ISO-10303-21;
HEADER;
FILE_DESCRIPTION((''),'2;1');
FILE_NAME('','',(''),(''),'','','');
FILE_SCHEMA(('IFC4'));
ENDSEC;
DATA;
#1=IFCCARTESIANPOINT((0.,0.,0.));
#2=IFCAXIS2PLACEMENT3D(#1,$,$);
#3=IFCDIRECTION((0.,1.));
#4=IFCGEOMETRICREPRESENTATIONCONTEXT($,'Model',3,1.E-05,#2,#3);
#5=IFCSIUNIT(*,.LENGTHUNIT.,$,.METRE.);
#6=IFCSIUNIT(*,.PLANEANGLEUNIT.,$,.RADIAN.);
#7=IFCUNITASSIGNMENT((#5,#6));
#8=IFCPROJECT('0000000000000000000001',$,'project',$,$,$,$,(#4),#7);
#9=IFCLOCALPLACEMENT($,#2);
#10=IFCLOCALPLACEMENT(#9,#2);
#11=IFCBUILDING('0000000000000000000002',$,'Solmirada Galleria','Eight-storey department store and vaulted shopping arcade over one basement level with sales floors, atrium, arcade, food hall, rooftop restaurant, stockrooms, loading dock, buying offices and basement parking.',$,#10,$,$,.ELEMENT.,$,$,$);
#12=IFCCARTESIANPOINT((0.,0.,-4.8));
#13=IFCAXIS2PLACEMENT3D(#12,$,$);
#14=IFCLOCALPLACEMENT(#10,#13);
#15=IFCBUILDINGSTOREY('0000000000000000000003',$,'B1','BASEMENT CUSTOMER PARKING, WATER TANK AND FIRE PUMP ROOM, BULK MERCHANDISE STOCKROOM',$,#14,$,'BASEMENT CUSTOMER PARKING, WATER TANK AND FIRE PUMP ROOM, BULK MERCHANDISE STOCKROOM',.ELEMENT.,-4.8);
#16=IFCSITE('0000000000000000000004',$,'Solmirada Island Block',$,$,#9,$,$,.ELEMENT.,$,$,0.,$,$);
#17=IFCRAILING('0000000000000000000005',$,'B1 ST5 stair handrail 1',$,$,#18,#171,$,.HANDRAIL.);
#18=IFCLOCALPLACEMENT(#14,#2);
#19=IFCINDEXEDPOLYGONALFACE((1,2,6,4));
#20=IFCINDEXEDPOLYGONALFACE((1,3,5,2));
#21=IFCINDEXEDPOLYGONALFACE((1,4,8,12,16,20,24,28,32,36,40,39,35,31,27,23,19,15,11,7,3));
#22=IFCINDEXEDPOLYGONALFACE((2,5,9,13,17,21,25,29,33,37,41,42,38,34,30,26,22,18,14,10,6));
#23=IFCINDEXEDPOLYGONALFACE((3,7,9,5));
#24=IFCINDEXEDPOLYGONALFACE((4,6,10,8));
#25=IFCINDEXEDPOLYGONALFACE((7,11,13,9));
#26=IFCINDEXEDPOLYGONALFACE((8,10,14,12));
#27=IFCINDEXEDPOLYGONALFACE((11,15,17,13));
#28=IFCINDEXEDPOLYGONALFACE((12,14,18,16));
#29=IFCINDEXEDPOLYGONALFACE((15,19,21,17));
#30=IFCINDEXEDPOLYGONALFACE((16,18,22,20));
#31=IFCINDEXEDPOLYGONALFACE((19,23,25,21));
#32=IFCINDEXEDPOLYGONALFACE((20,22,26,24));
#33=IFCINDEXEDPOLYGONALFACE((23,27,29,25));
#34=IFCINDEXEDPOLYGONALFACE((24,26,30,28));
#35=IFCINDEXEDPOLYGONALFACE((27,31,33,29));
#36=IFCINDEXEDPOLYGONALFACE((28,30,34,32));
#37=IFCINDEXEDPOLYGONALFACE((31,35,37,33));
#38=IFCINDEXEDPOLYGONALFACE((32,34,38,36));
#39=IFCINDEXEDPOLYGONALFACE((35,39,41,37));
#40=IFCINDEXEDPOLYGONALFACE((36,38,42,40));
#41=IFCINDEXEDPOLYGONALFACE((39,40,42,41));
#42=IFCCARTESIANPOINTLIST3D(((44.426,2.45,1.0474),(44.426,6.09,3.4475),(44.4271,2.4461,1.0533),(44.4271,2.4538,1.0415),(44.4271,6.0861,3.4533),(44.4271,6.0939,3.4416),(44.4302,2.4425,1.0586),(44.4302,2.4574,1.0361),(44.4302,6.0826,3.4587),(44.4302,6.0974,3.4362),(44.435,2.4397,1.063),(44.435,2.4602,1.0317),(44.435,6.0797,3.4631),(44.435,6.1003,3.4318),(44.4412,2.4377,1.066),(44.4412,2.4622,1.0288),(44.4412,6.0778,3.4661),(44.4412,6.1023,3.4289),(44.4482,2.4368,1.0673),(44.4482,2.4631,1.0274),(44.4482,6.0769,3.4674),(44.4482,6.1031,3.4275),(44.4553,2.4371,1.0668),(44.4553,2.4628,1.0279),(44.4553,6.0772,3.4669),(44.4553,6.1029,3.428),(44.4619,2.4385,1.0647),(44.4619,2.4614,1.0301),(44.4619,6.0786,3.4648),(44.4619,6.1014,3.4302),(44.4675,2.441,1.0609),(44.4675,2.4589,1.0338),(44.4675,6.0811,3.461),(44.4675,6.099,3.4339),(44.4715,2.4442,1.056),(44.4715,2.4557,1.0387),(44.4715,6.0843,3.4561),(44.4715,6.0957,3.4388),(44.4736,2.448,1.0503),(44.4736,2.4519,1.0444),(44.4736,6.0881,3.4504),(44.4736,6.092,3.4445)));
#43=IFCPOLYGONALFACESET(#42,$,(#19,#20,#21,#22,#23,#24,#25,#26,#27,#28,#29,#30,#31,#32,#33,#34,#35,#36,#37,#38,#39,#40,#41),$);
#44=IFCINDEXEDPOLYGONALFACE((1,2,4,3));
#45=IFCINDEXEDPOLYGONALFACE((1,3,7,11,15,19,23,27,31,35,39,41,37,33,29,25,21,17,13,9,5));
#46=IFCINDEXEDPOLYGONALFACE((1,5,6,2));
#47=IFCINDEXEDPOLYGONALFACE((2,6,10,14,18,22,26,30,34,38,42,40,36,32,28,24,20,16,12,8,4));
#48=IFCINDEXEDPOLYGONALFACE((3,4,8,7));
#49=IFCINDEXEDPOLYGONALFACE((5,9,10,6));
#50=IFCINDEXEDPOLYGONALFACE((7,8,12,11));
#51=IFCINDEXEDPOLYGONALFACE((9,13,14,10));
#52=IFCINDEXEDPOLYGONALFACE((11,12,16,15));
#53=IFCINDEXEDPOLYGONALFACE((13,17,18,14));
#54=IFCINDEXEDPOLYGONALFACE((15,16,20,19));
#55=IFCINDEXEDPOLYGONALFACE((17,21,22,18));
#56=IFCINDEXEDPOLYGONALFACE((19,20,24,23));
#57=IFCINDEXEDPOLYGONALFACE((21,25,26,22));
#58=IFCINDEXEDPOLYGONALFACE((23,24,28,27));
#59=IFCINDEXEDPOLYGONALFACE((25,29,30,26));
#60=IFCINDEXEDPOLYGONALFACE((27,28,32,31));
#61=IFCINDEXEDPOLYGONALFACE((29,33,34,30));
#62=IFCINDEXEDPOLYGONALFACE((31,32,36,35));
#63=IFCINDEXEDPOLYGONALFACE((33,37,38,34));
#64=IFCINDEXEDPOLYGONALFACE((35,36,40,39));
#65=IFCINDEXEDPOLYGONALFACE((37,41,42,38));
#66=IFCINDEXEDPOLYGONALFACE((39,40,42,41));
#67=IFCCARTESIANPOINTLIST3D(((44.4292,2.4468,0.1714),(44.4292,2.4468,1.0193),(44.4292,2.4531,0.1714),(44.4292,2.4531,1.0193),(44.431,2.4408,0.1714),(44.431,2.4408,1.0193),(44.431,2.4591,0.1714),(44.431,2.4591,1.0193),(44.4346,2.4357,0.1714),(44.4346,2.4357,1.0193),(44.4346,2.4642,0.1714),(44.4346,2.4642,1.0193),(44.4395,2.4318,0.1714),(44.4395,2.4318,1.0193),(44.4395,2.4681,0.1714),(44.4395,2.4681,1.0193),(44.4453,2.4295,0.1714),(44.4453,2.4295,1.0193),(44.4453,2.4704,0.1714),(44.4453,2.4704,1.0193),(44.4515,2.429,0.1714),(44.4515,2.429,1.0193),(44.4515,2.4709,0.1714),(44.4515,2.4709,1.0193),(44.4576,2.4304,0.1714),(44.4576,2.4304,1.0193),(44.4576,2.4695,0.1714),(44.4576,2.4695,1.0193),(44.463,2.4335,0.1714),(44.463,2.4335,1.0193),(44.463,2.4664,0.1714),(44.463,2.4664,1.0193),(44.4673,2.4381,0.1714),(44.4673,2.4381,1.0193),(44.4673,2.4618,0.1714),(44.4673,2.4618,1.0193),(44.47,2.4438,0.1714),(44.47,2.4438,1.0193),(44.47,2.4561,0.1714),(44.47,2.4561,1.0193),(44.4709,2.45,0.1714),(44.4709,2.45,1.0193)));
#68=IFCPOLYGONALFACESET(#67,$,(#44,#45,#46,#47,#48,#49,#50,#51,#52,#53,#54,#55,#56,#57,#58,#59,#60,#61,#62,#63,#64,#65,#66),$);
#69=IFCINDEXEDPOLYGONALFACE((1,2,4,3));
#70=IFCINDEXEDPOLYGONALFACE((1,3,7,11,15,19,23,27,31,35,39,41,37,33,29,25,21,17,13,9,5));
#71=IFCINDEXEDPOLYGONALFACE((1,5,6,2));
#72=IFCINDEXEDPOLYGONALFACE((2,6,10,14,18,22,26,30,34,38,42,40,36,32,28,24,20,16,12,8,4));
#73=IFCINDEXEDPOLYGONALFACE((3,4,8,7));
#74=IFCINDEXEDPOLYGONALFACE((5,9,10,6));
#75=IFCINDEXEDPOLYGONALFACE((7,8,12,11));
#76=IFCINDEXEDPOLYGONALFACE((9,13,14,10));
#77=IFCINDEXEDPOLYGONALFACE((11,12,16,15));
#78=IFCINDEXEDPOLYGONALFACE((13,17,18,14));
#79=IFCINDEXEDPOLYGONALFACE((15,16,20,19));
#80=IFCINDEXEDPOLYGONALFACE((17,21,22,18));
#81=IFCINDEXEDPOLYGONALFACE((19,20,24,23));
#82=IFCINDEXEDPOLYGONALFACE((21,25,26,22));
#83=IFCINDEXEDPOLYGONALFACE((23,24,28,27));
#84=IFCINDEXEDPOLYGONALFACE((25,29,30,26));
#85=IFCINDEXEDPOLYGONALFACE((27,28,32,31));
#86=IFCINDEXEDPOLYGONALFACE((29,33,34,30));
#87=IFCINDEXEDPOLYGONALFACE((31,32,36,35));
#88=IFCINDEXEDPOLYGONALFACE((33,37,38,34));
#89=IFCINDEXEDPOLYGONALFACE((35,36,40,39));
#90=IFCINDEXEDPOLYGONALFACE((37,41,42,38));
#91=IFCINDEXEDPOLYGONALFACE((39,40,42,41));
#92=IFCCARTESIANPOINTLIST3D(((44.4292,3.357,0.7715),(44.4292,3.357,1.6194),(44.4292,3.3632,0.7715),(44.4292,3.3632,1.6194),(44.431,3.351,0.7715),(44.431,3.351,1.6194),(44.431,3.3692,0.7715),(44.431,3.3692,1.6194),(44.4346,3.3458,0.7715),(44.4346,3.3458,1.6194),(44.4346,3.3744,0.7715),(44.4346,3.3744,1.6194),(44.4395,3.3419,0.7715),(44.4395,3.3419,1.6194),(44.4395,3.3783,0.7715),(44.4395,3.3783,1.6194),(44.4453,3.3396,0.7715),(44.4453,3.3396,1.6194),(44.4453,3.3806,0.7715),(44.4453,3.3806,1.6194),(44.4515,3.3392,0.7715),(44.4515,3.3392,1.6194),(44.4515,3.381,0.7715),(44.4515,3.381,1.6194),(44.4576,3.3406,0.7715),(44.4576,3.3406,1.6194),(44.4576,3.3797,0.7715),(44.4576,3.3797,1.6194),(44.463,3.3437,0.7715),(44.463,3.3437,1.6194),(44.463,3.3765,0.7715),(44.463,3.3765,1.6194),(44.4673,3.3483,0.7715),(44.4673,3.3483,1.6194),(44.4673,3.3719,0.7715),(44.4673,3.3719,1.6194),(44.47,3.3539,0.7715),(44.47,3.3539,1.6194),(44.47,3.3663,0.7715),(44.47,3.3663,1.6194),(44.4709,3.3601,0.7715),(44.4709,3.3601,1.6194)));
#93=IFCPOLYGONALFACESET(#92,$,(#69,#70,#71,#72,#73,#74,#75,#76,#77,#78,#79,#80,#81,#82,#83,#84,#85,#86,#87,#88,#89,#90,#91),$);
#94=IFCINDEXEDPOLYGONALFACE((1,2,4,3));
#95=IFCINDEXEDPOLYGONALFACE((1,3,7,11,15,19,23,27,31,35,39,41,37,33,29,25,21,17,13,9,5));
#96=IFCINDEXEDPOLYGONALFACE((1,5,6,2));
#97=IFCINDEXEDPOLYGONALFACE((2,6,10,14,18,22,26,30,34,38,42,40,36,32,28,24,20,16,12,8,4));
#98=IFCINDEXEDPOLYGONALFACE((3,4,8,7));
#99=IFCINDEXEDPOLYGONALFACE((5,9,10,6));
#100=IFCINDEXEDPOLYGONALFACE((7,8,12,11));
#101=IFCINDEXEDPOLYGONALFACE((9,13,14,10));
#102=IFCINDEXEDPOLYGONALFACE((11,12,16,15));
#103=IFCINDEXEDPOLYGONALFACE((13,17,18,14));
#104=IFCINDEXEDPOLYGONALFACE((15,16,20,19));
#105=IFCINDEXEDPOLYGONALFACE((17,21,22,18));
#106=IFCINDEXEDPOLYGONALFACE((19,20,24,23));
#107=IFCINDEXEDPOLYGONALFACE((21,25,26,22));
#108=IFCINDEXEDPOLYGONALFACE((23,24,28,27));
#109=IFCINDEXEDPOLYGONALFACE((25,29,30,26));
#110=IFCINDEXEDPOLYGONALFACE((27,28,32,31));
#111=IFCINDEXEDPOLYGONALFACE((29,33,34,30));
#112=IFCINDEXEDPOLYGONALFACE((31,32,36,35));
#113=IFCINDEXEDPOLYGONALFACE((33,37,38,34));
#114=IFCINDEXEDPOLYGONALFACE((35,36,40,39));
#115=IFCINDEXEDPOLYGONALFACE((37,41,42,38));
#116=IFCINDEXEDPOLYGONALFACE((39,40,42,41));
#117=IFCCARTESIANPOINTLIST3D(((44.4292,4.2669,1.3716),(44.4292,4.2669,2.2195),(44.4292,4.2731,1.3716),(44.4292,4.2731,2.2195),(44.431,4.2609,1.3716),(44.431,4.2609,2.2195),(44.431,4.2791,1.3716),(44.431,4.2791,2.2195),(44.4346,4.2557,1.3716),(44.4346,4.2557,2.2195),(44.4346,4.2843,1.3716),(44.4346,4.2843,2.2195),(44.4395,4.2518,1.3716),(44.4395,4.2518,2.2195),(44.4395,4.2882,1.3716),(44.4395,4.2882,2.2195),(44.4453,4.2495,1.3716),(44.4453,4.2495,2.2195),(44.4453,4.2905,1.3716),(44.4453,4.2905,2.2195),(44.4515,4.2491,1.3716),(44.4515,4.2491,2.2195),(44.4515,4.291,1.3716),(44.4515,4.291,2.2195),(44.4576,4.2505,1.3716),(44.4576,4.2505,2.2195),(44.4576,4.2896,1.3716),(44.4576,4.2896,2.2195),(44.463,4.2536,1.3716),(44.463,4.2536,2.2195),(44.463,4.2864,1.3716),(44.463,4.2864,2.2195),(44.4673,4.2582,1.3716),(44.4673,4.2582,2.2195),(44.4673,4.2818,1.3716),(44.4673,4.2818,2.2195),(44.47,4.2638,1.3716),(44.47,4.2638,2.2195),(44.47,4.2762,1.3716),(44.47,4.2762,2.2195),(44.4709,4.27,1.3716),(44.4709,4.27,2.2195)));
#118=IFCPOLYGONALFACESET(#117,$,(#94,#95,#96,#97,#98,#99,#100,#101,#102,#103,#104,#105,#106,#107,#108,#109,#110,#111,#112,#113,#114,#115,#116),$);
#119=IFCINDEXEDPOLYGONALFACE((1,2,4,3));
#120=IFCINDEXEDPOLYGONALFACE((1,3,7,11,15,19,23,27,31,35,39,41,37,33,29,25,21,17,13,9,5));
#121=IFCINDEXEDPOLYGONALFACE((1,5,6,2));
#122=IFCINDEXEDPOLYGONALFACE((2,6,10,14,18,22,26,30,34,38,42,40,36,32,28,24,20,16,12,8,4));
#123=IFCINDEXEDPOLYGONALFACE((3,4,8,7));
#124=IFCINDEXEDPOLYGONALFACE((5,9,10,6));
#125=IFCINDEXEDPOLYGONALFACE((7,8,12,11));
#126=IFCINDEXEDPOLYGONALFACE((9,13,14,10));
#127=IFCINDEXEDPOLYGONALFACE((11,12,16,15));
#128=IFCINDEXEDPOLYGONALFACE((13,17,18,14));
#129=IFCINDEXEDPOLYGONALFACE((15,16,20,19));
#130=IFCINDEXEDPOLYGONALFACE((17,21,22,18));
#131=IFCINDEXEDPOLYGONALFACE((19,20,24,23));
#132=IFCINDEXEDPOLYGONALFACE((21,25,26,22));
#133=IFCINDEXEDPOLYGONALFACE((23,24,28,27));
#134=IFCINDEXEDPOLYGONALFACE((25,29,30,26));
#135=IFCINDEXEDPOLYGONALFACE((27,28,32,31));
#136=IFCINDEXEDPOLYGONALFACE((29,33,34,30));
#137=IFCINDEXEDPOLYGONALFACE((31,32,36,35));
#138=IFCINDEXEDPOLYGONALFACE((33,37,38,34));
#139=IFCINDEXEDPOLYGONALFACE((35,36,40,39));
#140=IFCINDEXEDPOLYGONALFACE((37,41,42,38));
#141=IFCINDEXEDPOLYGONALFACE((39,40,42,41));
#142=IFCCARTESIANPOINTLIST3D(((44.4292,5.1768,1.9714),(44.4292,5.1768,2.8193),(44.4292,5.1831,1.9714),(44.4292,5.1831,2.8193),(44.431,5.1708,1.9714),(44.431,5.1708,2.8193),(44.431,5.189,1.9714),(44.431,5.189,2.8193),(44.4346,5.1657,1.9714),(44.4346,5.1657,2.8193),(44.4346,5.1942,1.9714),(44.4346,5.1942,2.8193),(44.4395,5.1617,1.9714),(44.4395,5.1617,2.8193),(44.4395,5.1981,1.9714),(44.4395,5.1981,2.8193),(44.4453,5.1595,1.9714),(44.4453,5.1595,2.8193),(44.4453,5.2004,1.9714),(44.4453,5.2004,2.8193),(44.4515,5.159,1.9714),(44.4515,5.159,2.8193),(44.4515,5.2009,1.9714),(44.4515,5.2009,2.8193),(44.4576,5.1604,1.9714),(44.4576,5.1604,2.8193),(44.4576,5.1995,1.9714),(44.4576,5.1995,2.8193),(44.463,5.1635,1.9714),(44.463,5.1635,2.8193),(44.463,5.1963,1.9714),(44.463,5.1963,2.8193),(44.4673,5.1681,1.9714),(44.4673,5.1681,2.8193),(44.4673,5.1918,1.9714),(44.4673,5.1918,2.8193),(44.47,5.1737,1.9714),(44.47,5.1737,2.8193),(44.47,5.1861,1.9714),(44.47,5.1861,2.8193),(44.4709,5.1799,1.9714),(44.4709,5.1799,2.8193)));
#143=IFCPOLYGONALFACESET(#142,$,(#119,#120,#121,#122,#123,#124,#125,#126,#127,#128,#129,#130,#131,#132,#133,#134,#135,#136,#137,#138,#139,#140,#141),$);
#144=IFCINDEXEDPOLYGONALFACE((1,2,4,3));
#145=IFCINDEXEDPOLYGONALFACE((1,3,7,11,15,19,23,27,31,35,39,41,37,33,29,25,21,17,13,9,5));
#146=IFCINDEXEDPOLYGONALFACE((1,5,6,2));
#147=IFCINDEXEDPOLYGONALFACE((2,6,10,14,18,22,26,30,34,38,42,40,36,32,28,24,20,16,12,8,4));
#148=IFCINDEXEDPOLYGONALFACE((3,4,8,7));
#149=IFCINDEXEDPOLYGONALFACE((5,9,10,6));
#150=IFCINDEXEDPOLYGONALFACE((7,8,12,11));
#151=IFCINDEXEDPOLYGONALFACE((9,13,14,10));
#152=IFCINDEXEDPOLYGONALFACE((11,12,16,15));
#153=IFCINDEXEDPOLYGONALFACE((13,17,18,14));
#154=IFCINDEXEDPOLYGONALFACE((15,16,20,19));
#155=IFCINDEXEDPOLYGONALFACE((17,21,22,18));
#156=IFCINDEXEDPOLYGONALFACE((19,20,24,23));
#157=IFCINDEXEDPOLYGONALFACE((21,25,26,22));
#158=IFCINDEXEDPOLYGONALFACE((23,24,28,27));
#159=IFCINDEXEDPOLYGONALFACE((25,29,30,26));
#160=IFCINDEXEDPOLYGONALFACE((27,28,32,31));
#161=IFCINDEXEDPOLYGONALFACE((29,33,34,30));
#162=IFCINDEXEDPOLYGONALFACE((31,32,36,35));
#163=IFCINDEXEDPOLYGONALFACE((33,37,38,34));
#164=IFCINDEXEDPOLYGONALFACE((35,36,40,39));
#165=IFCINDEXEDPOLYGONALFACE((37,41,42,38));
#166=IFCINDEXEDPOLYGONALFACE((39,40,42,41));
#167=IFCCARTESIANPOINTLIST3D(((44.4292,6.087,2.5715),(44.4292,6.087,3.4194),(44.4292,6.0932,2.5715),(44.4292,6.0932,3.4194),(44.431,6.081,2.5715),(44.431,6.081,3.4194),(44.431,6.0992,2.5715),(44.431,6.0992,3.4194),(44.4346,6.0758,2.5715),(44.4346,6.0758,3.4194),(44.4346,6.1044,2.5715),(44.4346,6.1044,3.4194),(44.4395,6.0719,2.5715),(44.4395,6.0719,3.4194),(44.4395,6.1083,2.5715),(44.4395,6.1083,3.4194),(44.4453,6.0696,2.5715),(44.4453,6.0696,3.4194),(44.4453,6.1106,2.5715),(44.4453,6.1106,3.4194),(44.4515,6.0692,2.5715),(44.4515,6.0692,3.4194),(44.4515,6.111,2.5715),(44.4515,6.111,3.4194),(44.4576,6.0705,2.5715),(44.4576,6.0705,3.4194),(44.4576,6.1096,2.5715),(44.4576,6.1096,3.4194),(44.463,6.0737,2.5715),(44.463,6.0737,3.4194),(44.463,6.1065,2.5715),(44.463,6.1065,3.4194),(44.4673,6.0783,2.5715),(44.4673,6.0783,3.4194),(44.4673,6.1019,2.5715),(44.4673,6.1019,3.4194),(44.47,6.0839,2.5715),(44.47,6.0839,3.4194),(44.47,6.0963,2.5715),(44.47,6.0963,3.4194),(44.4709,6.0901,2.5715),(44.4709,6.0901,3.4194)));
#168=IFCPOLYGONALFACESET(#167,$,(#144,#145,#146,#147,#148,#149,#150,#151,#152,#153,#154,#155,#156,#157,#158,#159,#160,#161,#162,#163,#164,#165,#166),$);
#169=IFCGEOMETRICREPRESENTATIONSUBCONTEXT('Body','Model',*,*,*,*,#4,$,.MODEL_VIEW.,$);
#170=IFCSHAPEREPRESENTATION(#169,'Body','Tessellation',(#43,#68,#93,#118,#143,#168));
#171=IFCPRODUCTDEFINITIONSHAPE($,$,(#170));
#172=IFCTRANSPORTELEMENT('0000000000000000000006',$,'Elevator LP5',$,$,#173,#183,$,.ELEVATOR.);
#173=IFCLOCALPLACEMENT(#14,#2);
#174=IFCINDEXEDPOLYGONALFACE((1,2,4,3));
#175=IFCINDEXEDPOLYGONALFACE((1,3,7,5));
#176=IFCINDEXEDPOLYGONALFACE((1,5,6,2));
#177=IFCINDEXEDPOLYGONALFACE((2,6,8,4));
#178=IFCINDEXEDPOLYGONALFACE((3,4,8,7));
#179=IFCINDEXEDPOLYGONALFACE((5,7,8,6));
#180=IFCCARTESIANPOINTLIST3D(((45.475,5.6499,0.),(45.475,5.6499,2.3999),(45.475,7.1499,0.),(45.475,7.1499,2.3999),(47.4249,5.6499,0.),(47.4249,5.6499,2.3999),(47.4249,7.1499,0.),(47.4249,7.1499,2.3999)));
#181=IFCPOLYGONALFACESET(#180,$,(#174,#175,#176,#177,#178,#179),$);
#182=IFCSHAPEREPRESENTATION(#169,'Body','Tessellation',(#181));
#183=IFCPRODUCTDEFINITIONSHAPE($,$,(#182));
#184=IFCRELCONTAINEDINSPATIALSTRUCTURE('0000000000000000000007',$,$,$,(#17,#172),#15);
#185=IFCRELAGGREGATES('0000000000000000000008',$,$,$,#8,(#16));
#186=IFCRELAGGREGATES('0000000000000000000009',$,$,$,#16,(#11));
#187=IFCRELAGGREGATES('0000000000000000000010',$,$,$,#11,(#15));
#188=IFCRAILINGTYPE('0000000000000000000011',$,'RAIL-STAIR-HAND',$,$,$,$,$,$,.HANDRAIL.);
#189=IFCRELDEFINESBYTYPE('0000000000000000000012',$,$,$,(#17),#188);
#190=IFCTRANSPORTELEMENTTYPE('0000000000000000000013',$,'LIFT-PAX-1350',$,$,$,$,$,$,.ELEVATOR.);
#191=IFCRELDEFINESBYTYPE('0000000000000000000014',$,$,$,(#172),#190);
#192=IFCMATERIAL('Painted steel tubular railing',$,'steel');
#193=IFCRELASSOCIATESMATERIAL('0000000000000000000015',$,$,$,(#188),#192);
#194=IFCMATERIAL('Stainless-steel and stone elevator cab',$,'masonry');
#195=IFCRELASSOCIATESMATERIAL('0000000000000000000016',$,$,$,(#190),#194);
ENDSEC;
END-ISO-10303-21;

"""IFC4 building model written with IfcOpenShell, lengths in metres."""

from ifc_helpers import new_model, si_unit, direction, frame, origin, origin_2d, place, context, subcontext, project, spatial, rectangle, circle, extrude, material, type_object, element, save


model = new_model("IFC4")

# Units and contexts
model_context = context("Model", 3, precision=1e-05, world=origin(), true_north=direction((0.0, 1.0)))
body_context = subcontext(model_context, "Body", "Model", "MODEL_VIEW")
ifc_project = project(units=[si_unit("LENGTHUNIT", "METRE"), si_unit("PLANEANGLEUNIT", "RADIAN")], contexts=[model_context])

# Site, building, storey
site_placement = place(None, origin())
site = spatial("IfcSite", under=ifc_project, at=site_placement, Name="Solmirada Island Block", CompositionType="ELEMENT", RefElevation=0.0)
building_placement = place(site_placement, origin())
building = spatial("IfcBuilding", under=site, at=building_placement, Name="Solmirada Galleria", Description="Eight-storey department store and vaulted shopping arcade over one basement level with sales floors, atrium, arcade, food hall, rooftop restaurant, stockrooms, loading dock, buying offices and basement parking.", CompositionType="ELEMENT")
storey_placement = place(building_placement, frame((0.0, 0.0, -4.8)))
storey = spatial("IfcBuildingStorey", under=building, at=storey_placement, Name="B1", Description="BASEMENT CUSTOMER PARKING, WATER TANK AND FIRE PUMP ROOM, BULK MERCHANDISE STOCKROOM", LongName="BASEMENT CUSTOMER PARKING, WATER TANK AND FIRE PUMP ROOM, BULK MERCHANDISE STOCKROOM", CompositionType="ELEMENT", Elevation=-4.8)

# Railing
ifc_material_1 = material(Name="Painted steel tubular railing", Category="steel")
railing_type_1 = type_object("IfcRailingType", Name="RAIL-STAIR-HAND", PredefinedType="HANDRAIL", material=ifc_material_1)
railing_1_placement = place(storey_placement, frame((44.45, 2.45, 0.1714)))
element("IfcRailing", 1, at=railing_1_placement, inside=storey, type_object=railing_type_1, Name="B1 ST5 stair handrail 1", PredefinedType="HANDRAIL", context=body_context, shape_type="SweptSolid", body=[
    extrude(circle(Radius=0.0239, at=origin_2d()), frame((0.0, 0.0, 0.876), z_axis=(0.0, 0.834856, 0.550468), x_axis=(-1.0, 0.0, 0.0)), (0.0, 0.0, 1.0), 4.3601),
    extrude(circle(Radius=0.021, at=origin_2d()), origin(), (0.0, 0.0, 1.0), 0.8479),
    extrude(circle(Radius=0.021, at=origin_2d()), frame((0.0, 0.9102, 0.6001)), (0.0, 0.0, 1.0), 0.8479),
    extrude(circle(Radius=0.021, at=origin_2d()), frame((0.0, 1.8201, 1.2002)), (0.0, 0.0, 1.0), 0.8479),
    extrude(circle(Radius=0.021, at=origin_2d()), frame((0.0, 2.73, 1.8)), (0.0, 0.0, 1.0), 0.8479),
    extrude(circle(Radius=0.021, at=origin_2d()), frame((0.0, 3.6401, 2.4001)), (0.0, 0.0, 1.0), 0.8479),
])

# Transport element
ifc_material_2 = material(Name="Stainless-steel and stone elevator cab", Category="masonry")
transport_element_type = type_object("IfcTransportElementType", Name="LIFT-PAX-1350", PredefinedType="ELEVATOR", material=ifc_material_2)
transport_element_placement = place(storey_placement, frame((46.45, 6.3999, 0.0), z_axis=(0.0, 0.0, 1.0), x_axis=(1.0, 0.0, 0.0)))
element("IfcTransportElement", 2, at=transport_element_placement, inside=storey, type_object=transport_element_type, Name="Elevator LP5", PredefinedType="ELEVATOR", context=body_context, shape_type="SweptSolid", body=[
    extrude(rectangle(XDim=1.95, YDim=1.5, at=origin_2d()), origin(), (0.0, 0.0, 1.0), 2.3999),
])

save(model, "model.ifc")
